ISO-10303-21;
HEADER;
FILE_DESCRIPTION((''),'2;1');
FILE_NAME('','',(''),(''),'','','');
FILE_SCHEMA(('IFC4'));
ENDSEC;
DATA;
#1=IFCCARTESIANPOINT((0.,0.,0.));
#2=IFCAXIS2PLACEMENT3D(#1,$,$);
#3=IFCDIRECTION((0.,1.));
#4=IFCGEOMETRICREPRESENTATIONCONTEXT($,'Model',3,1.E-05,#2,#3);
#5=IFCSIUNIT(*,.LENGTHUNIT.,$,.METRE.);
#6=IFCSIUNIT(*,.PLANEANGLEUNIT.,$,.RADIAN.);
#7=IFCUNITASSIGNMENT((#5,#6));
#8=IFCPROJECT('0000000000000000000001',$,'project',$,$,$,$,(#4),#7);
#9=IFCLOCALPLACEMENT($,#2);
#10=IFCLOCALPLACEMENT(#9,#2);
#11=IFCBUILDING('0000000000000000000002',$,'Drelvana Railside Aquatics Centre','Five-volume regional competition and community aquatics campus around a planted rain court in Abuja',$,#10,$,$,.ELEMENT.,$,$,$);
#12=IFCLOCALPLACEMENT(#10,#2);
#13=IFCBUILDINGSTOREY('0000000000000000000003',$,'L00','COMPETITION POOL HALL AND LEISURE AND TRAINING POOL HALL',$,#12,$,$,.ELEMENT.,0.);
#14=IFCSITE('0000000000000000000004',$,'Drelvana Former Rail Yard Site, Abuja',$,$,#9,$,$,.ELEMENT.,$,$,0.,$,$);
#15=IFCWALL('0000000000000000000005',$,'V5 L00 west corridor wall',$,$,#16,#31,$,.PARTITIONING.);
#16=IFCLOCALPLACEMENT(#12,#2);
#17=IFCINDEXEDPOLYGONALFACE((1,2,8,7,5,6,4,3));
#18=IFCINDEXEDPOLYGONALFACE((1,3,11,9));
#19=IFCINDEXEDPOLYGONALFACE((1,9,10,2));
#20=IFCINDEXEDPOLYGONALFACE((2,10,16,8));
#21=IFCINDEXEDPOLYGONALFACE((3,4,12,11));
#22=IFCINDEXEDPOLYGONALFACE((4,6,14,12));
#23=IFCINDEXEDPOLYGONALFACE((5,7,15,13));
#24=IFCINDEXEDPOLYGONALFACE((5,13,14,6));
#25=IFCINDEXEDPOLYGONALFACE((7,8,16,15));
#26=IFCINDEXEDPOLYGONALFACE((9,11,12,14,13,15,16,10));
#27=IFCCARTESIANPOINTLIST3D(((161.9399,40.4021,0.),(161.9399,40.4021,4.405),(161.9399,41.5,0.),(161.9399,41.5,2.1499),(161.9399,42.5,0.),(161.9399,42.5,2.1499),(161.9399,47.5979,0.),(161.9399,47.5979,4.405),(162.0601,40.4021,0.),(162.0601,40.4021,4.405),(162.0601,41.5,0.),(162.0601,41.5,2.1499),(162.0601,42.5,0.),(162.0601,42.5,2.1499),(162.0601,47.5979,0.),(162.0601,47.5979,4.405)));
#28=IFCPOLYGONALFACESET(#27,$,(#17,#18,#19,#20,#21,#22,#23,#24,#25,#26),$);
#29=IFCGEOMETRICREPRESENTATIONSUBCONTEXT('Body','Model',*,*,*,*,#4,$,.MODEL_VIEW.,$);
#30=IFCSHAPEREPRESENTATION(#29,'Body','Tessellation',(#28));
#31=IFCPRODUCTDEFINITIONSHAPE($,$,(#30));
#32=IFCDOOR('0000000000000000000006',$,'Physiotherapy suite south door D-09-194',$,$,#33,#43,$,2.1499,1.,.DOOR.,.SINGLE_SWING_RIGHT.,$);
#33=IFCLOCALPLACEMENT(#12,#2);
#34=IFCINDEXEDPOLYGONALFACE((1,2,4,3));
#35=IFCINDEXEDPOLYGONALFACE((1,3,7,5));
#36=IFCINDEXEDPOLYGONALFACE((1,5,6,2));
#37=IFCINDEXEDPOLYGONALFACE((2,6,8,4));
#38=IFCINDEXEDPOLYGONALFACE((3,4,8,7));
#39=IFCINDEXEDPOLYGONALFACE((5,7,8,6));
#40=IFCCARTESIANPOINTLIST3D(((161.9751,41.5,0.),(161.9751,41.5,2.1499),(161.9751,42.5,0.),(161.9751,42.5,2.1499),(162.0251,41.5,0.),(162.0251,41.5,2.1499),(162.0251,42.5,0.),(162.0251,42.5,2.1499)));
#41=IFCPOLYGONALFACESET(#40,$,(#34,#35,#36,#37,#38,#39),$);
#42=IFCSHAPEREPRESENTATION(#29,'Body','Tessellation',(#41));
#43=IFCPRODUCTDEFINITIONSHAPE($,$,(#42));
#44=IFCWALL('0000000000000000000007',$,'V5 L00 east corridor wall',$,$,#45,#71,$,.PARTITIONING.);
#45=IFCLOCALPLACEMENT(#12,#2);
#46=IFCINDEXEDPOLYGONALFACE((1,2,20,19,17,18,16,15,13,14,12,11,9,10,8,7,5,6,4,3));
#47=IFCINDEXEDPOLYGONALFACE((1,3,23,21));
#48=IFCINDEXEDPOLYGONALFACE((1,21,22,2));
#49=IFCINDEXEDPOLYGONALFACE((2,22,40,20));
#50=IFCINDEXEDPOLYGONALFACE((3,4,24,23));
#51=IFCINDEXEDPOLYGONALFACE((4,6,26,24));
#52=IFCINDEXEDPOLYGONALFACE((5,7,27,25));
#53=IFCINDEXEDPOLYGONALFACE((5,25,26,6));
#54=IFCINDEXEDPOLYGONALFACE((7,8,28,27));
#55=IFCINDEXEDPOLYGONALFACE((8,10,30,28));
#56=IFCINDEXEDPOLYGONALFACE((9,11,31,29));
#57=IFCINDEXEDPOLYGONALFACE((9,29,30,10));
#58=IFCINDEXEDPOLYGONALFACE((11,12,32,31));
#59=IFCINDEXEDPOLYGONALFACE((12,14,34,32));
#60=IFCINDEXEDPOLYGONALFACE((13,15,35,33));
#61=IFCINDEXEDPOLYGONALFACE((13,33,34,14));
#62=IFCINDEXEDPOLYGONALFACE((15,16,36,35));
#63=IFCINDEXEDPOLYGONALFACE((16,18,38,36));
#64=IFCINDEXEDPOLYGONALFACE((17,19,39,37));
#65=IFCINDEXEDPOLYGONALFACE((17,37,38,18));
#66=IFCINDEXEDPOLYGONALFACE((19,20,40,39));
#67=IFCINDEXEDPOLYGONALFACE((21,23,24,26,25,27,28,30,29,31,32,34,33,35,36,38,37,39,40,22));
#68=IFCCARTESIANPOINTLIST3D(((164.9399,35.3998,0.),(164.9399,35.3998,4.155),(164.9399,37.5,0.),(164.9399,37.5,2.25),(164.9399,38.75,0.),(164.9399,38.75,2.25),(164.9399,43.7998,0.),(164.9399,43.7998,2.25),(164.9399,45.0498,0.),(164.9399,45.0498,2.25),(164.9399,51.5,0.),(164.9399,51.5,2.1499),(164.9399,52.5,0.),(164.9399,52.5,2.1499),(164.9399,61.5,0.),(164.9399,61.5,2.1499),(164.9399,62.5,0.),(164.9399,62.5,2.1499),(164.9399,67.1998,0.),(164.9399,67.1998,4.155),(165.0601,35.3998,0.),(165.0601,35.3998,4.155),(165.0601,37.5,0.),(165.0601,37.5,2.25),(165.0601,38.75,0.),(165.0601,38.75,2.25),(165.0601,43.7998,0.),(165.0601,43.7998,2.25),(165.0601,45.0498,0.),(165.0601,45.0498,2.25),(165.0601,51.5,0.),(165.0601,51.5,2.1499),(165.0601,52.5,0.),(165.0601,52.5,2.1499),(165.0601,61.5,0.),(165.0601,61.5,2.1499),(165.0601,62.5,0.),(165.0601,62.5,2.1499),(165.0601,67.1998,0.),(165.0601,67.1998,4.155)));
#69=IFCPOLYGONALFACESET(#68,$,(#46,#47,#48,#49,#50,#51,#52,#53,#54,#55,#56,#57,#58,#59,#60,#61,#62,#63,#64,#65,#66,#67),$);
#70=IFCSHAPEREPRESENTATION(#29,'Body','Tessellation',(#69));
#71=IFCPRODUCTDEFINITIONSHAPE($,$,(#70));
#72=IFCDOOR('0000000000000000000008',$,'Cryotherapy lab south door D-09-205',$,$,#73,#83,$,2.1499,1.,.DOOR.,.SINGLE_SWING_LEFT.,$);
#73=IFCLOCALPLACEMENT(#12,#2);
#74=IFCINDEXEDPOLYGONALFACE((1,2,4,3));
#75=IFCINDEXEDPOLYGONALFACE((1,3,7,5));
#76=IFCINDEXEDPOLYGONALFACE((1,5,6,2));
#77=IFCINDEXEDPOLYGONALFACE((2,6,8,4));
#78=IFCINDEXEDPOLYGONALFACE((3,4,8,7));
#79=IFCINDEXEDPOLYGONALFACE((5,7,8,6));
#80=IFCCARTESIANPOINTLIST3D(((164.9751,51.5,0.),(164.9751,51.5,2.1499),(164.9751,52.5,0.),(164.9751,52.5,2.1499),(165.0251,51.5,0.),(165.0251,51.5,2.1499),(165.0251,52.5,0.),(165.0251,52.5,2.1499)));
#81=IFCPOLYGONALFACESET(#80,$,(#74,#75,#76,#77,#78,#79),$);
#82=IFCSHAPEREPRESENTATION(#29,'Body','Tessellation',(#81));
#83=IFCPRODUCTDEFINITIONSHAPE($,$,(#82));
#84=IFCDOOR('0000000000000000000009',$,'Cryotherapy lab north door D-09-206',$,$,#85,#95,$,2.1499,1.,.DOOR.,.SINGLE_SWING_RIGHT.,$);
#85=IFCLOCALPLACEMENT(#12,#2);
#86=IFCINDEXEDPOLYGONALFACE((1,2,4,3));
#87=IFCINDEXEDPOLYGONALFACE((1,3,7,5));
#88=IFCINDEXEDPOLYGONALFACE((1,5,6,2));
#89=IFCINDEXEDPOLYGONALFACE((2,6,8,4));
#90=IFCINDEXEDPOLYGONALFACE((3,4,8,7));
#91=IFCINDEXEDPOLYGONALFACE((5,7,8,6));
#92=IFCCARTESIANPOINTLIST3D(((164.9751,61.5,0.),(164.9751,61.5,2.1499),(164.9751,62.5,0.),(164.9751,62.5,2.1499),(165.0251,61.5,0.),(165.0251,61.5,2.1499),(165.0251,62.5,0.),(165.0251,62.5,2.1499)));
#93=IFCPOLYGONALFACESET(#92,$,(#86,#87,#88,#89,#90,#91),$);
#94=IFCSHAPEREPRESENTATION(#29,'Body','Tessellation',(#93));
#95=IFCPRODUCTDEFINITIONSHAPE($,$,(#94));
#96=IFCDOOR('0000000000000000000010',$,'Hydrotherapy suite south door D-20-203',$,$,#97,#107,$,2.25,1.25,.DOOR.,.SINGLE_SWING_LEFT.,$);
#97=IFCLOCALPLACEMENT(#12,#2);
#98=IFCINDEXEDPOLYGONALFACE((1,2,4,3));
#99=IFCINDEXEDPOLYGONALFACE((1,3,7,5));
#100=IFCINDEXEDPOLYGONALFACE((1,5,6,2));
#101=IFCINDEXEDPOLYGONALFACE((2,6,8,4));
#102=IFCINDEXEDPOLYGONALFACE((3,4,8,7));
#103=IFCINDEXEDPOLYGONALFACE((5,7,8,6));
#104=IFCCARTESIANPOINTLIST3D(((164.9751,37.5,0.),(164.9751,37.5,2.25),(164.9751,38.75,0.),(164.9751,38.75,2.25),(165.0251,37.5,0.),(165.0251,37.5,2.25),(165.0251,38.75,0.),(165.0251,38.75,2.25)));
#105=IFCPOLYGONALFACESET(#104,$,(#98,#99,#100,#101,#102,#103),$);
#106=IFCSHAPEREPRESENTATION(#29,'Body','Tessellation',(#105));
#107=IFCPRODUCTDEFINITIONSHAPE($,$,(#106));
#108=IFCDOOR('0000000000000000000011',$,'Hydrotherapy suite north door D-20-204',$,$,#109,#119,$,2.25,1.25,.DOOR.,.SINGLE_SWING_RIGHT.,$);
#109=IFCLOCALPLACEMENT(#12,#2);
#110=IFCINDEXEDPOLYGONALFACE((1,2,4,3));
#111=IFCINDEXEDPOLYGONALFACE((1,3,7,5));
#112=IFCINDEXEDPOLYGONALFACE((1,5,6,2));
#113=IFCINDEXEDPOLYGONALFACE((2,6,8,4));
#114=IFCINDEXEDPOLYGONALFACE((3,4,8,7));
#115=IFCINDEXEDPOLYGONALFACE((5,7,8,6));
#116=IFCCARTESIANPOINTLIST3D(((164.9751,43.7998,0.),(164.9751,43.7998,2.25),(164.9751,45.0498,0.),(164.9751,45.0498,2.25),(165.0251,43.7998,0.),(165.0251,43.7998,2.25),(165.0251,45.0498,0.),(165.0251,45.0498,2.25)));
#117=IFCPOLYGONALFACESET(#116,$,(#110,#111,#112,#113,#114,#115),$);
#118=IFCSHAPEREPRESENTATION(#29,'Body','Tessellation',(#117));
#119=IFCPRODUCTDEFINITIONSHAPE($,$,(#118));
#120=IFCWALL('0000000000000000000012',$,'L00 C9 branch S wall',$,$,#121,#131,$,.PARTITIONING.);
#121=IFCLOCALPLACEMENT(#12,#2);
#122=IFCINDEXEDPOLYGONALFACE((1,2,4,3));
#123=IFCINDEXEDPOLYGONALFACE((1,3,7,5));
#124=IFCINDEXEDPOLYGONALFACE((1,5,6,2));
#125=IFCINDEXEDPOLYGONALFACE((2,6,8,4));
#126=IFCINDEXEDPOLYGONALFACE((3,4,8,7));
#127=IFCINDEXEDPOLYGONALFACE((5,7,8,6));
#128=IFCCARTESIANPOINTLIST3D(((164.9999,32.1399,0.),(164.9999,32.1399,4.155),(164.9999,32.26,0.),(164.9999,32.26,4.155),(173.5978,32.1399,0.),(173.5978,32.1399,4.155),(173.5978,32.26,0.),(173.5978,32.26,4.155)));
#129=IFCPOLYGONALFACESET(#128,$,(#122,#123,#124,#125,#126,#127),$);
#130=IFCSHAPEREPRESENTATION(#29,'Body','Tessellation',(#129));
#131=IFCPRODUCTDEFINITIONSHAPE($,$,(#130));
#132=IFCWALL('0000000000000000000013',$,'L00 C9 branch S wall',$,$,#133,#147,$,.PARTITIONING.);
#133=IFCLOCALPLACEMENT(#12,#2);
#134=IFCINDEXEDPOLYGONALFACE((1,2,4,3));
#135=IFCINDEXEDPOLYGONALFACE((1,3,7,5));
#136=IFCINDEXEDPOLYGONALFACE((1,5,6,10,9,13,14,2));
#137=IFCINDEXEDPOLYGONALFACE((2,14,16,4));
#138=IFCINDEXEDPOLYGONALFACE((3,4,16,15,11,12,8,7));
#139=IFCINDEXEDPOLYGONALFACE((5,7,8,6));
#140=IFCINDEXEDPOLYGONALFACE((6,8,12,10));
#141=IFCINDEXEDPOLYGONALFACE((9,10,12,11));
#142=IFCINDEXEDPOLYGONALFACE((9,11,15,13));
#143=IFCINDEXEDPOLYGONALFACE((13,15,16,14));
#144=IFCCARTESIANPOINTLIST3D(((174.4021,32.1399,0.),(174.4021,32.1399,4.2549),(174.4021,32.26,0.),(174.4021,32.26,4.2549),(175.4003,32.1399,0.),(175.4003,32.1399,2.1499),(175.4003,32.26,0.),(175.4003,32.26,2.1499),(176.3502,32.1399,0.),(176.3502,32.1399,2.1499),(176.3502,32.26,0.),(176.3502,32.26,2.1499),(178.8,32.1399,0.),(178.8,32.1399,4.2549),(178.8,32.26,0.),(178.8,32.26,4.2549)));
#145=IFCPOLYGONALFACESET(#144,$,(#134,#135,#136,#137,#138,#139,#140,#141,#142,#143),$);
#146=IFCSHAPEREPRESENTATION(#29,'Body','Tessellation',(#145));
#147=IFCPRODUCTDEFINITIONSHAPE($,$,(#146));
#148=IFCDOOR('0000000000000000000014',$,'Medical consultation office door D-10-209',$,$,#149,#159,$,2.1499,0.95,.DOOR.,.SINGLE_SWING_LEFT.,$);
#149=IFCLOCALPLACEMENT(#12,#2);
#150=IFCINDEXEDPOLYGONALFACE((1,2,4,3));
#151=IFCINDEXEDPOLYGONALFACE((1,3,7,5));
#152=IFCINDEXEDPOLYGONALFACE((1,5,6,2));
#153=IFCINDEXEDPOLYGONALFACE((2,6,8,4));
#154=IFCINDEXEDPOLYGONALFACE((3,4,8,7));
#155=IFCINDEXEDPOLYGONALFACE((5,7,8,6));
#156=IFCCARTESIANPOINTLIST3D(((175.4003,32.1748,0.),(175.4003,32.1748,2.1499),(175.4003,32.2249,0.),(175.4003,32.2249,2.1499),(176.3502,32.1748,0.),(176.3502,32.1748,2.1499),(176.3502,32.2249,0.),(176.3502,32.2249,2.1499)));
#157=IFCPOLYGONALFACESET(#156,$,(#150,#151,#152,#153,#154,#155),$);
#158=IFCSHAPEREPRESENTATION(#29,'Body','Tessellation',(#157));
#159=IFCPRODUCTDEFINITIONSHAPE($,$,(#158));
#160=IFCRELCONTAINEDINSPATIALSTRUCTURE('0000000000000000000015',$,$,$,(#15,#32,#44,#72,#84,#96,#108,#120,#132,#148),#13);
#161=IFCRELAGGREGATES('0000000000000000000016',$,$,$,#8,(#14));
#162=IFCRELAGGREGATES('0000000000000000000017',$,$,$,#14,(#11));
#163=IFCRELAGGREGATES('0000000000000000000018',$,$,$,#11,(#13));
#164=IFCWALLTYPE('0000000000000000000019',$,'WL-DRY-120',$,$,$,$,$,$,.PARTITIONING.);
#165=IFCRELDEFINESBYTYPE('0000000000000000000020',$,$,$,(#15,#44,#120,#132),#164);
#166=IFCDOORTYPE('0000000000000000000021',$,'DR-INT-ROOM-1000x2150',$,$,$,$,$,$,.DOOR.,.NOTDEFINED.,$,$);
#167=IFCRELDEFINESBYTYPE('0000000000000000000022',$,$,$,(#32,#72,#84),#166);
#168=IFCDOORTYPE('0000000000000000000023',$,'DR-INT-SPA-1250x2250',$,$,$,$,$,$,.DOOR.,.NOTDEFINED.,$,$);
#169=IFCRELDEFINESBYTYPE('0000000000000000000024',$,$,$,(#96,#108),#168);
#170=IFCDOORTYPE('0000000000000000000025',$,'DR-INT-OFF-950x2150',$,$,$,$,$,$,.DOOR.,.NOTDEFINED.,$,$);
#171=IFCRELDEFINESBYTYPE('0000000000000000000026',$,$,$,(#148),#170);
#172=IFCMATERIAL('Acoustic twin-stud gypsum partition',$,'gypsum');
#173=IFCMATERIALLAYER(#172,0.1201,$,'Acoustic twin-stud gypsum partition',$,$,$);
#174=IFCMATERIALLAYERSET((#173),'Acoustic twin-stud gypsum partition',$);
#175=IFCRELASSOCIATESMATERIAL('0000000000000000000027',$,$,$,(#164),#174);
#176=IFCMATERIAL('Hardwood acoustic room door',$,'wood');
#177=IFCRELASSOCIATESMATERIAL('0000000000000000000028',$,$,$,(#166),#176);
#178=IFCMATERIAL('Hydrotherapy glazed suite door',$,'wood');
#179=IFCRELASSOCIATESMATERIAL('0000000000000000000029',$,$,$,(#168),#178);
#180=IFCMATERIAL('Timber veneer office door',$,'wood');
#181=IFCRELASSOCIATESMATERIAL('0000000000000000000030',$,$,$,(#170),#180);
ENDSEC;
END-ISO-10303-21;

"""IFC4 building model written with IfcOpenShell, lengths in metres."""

from ifc_helpers import new_model, si_unit, direction, frame, frame_2d, origin, place, context, subcontext, project, spatial, rectangle, extrude, material, layer, layer_set, type_object, element, fill, save


model = new_model("IFC4")

# Units and contexts
model_context = context("Model", 3, precision=1e-05, world=origin(), true_north=direction((0.0, 1.0)))
body_context = subcontext(model_context, "Body", "Model", "MODEL_VIEW")
ifc_project = project(units=[si_unit("LENGTHUNIT", "METRE"), si_unit("PLANEANGLEUNIT", "RADIAN")], contexts=[model_context])

# Site, building, storey
site_placement = place(None, origin())
site = spatial("IfcSite", under=ifc_project, at=site_placement, Name="Drelvana Former Rail Yard Site, Abuja", CompositionType="ELEMENT", RefElevation=0.0)
building_placement = place(site_placement, origin())
building = spatial("IfcBuilding", under=site, at=building_placement, Name="Drelvana Railside Aquatics Centre", Description="Five-volume regional competition and community aquatics campus around a planted rain court in Abuja", CompositionType="ELEMENT")
storey_placement = place(building_placement, origin())
storey = spatial("IfcBuildingStorey", under=building, at=storey_placement, Name="L00", Description="COMPETITION POOL HALL AND LEISURE AND TRAINING POOL HALL", CompositionType="ELEMENT", Elevation=0.0)

# Shared definitions
ifc_material_1 = material(Name="Acoustic twin-stud gypsum partition", Category="gypsum")
ifc_layer = layer(ifc_material_1, 0.1201, Name="Acoustic twin-stud gypsum partition")
ifc_layer_set = layer_set([ifc_layer], Name="Acoustic twin-stud gypsum partition")
wall_type = type_object("IfcWallType", Name="WL-DRY-120", PredefinedType="PARTITIONING", material=ifc_layer_set)

# Wall, opening, door
wall_1_placement = place(storey_placement, frame((162.0, 40.4021, 0.0), z_axis=(0.0, 0.0, 1.0), x_axis=(0.0, 1.0, 0.0)))
wall_1 = element("IfcWall", 1, at=wall_1_placement, inside=storey, type_object=wall_type, Name="V5 L00 west corridor wall", PredefinedType="PARTITIONING", context=body_context, shape_type="SweptSolid", body=[
    extrude(rectangle(XDim=7.1958, YDim=0.1201, at=frame_2d((3.5979, 0.0))), origin(), (0.0, 0.0, 1.0), 4.405),
])
opening_1_placement = place(wall_1_placement, frame((1.0979, 0.0, 0.0)))
opening_1 = element("IfcOpeningElement", 2, at=opening_1_placement, cuts=wall_1, PredefinedType="OPENING", context=body_context, shape_type="SweptSolid", body=[
    extrude(rectangle(XDim=1.0, YDim=2.1499, at=frame_2d((0.5, 1.075))), frame((0.0, 0.0701, 0.0), z_axis=(0.0, -1.0, 0.0), x_axis=(1.0, 0.0, 0.0)), (0.0, 0.0, 1.0), 0.1401),
])
ifc_material_2 = material(Name="Hardwood acoustic room door", Category="wood")
door_type_1 = type_object("IfcDoorType", Name="DR-INT-ROOM-1000x2150", OperationType="NOTDEFINED", PredefinedType="DOOR", material=ifc_material_2)
door_1_placement = place(opening_1_placement, origin())
door_1 = element("IfcDoor", 3, at=door_1_placement, inside=storey, type_object=door_type_1, Name="Physiotherapy suite south door D-09-194", OperationType="SINGLE_SWING_RIGHT", OverallHeight=2.1499, OverallWidth=1.0, PredefinedType="DOOR", context=body_context, shape_type="SweptSolid", body=[
    extrude(rectangle(XDim=1.0, YDim=2.1499, at=frame_2d((0.5, 1.075))), frame((0.0, 0.0249, 0.0), z_axis=(0.0, -1.0, 0.0), x_axis=(1.0, 0.0, 0.0)), (0.0, 0.0, 1.0), 0.05),
])
fill(opening_1, door_1)

# Wall, openings, doors
wall_2_placement = place(storey_placement, frame((165.0, 35.3999, 0.0), z_axis=(0.0, 0.0, 1.0), x_axis=(0.0, 1.0, 0.0)))
wall_2 = element("IfcWall", 4, at=wall_2_placement, inside=storey, type_object=wall_type, Name="V5 L00 east corridor wall", PredefinedType="PARTITIONING", context=body_context, shape_type="SweptSolid", body=[
    extrude(rectangle(XDim=31.8, YDim=0.1201, at=frame_2d((15.8999, 0.0))), origin(), (0.0, 0.0, 1.0), 4.155),
])
opening_2_placement = place(wall_2_placement, frame((2.1001, 0.0, 0.0)))
opening_2 = element("IfcOpeningElement", 5, at=opening_2_placement, cuts=wall_2, PredefinedType="OPENING", context=body_context, shape_type="SweptSolid", body=[
    extrude(rectangle(XDim=1.25, YDim=2.25, at=frame_2d((0.625, 1.125))), frame((0.0, 0.0701, 0.0), z_axis=(0.0, -1.0, 0.0), x_axis=(1.0, 0.0, 0.0)), (0.0, 0.0, 1.0), 0.1401),
])
opening_3_placement = place(wall_2_placement, frame((8.3999, 0.0, 0.0)))
opening_3 = element("IfcOpeningElement", 6, at=opening_3_placement, cuts=wall_2, PredefinedType="OPENING", context=body_context, shape_type="SweptSolid", body=[
    extrude(rectangle(XDim=1.25, YDim=2.25, at=frame_2d((0.625, 1.125))), frame((0.0, 0.0701, 0.0), z_axis=(0.0, -1.0, 0.0), x_axis=(1.0, 0.0, 0.0)), (0.0, 0.0, 1.0), 0.1401),
])
opening_4_placement = place(wall_2_placement, frame((16.1001, 0.0, 0.0)))
opening_4 = element("IfcOpeningElement", 7, at=opening_4_placement, cuts=wall_2, PredefinedType="OPENING", context=body_context, shape_type="SweptSolid", body=[
    extrude(rectangle(XDim=1.0, YDim=2.1499, at=frame_2d((0.5, 1.075))), frame((0.0, 0.0701, 0.0), z_axis=(0.0, -1.0, 0.0), x_axis=(1.0, 0.0, 0.0)), (0.0, 0.0, 1.0), 0.1401),
])
opening_5_placement = place(wall_2_placement, frame((26.1001, 0.0, 0.0)))
opening_5 = element("IfcOpeningElement", 8, at=opening_5_placement, cuts=wall_2, PredefinedType="OPENING", context=body_context, shape_type="SweptSolid", body=[
    extrude(rectangle(XDim=1.0, YDim=2.1499, at=frame_2d((0.5, 1.075))), frame((0.0, 0.0701, 0.0), z_axis=(0.0, -1.0, 0.0), x_axis=(1.0, 0.0, 0.0)), (0.0, 0.0, 1.0), 0.1401),
])
door_2_placement = place(opening_4_placement, origin())
door_2 = element("IfcDoor", 9, at=door_2_placement, inside=storey, type_object=door_type_1, Name="Cryotherapy lab south door D-09-205", OperationType="SINGLE_SWING_LEFT", OverallHeight=2.1499, OverallWidth=1.0, PredefinedType="DOOR", context=body_context, shape_type="SweptSolid", body=[
    extrude(rectangle(XDim=1.0, YDim=2.1499, at=frame_2d((0.5, 1.075))), frame((0.0, 0.0249, 0.0), z_axis=(0.0, -1.0, 0.0), x_axis=(1.0, 0.0, 0.0)), (0.0, 0.0, 1.0), 0.05),
])
fill(opening_4, door_2)
door_3_placement = place(opening_5_placement, origin())
door_3 = element("IfcDoor", 10, at=door_3_placement, inside=storey, type_object=door_type_1, Name="Cryotherapy lab north door D-09-206", OperationType="SINGLE_SWING_RIGHT", OverallHeight=2.1499, OverallWidth=1.0, PredefinedType="DOOR", context=body_context, shape_type="SweptSolid", body=[
    extrude(rectangle(XDim=1.0, YDim=2.1499, at=frame_2d((0.5, 1.075))), frame((0.0, 0.0249, 0.0), z_axis=(0.0, -1.0, 0.0), x_axis=(1.0, 0.0, 0.0)), (0.0, 0.0, 1.0), 0.05),
])
fill(opening_5, door_3)
ifc_material_3 = material(Name="Hydrotherapy glazed suite door", Category="wood")
door_type_2 = type_object("IfcDoorType", Name="DR-INT-SPA-1250x2250", OperationType="NOTDEFINED", PredefinedType="DOOR", material=ifc_material_3)
door_4_placement = place(opening_2_placement, origin())
door_4 = element("IfcDoor", 11, at=door_4_placement, inside=storey, type_object=door_type_2, Name="Hydrotherapy suite south door D-20-203", OperationType="SINGLE_SWING_LEFT", OverallHeight=2.25, OverallWidth=1.25, PredefinedType="DOOR", context=body_context, shape_type="SweptSolid", body=[
    extrude(rectangle(XDim=1.25, YDim=2.25, at=frame_2d((0.625, 1.125))), frame((0.0, 0.0249, 0.0), z_axis=(0.0, -1.0, 0.0), x_axis=(1.0, 0.0, 0.0)), (0.0, 0.0, 1.0), 0.05),
])
fill(opening_2, door_4)
door_5_placement = place(opening_3_placement, origin())
door_5 = element("IfcDoor", 12, at=door_5_placement, inside=storey, type_object=door_type_2, Name="Hydrotherapy suite north door D-20-204", OperationType="SINGLE_SWING_RIGHT", OverallHeight=2.25, OverallWidth=1.25, PredefinedType="DOOR", context=body_context, shape_type="SweptSolid", body=[
    extrude(rectangle(XDim=1.25, YDim=2.25, at=frame_2d((0.625, 1.125))), frame((0.0, 0.0249, 0.0), z_axis=(0.0, -1.0, 0.0), x_axis=(1.0, 0.0, 0.0)), (0.0, 0.0, 1.0), 0.05),
])
fill(opening_3, door_5)

# Wall
wall_3_placement = place(storey_placement, frame((165.0, 32.2, 0.0), z_axis=(0.0, 0.0, 1.0), x_axis=(1.0, 0.0, 0.0)))
element("IfcWall", 13, at=wall_3_placement, inside=storey, type_object=wall_type, Name="L00 C9 branch S wall", PredefinedType="PARTITIONING", context=body_context, shape_type="SweptSolid", body=[
    extrude(rectangle(XDim=8.5979, YDim=0.1201, at=frame_2d((4.2988, 0.0))), origin(), (0.0, 0.0, 1.0), 4.155),
])

# Wall, opening, door
wall_4_placement = place(storey_placement, frame((174.4021, 32.2, 0.0), z_axis=(0.0, 0.0, 1.0), x_axis=(1.0, 0.0, 0.0)))
wall_4 = element("IfcWall", 14, at=wall_4_placement, inside=storey, type_object=wall_type, Name="L00 C9 branch S wall", PredefinedType="PARTITIONING", context=body_context, shape_type="SweptSolid", body=[
    extrude(rectangle(XDim=4.3979, YDim=0.1201, at=frame_2d((2.199, 0.0))), origin(), (0.0, 0.0, 1.0), 4.2549),
])
opening_6_placement = place(wall_4_placement, frame((0.998, 0.0, 0.0)))
opening_6 = element("IfcOpeningElement", 15, at=opening_6_placement, cuts=wall_4, PredefinedType="OPENING", context=body_context, shape_type="SweptSolid", body=[
    extrude(rectangle(XDim=0.95, YDim=2.1499, at=frame_2d((0.4751, 1.075))), frame((0.0, 0.0701, 0.0), z_axis=(0.0, -1.0, 0.0), x_axis=(1.0, 0.0, 0.0)), (0.0, 0.0, 1.0), 0.1401),
])
ifc_material_4 = material(Name="Timber veneer office door", Category="wood")
door_type_3 = type_object("IfcDoorType", Name="DR-INT-OFF-950x2150", OperationType="NOTDEFINED", PredefinedType="DOOR", material=ifc_material_4)
door_6_placement = place(opening_6_placement, origin())
door_6 = element("IfcDoor", 16, at=door_6_placement, inside=storey, type_object=door_type_3, Name="Medical consultation office door D-10-209", OperationType="SINGLE_SWING_LEFT", OverallHeight=2.1499, OverallWidth=0.95, PredefinedType="DOOR", context=body_context, shape_type="SweptSolid", body=[
    extrude(rectangle(XDim=0.95, YDim=2.1499, at=frame_2d((0.4751, 1.075))), frame((0.0, 0.0249, 0.0), z_axis=(0.0, -1.0, 0.0), x_axis=(1.0, 0.0, 0.0)), (0.0, 0.0, 1.0), 0.05),
])
fill(opening_6, door_6)

save(model, "model.ifc")
